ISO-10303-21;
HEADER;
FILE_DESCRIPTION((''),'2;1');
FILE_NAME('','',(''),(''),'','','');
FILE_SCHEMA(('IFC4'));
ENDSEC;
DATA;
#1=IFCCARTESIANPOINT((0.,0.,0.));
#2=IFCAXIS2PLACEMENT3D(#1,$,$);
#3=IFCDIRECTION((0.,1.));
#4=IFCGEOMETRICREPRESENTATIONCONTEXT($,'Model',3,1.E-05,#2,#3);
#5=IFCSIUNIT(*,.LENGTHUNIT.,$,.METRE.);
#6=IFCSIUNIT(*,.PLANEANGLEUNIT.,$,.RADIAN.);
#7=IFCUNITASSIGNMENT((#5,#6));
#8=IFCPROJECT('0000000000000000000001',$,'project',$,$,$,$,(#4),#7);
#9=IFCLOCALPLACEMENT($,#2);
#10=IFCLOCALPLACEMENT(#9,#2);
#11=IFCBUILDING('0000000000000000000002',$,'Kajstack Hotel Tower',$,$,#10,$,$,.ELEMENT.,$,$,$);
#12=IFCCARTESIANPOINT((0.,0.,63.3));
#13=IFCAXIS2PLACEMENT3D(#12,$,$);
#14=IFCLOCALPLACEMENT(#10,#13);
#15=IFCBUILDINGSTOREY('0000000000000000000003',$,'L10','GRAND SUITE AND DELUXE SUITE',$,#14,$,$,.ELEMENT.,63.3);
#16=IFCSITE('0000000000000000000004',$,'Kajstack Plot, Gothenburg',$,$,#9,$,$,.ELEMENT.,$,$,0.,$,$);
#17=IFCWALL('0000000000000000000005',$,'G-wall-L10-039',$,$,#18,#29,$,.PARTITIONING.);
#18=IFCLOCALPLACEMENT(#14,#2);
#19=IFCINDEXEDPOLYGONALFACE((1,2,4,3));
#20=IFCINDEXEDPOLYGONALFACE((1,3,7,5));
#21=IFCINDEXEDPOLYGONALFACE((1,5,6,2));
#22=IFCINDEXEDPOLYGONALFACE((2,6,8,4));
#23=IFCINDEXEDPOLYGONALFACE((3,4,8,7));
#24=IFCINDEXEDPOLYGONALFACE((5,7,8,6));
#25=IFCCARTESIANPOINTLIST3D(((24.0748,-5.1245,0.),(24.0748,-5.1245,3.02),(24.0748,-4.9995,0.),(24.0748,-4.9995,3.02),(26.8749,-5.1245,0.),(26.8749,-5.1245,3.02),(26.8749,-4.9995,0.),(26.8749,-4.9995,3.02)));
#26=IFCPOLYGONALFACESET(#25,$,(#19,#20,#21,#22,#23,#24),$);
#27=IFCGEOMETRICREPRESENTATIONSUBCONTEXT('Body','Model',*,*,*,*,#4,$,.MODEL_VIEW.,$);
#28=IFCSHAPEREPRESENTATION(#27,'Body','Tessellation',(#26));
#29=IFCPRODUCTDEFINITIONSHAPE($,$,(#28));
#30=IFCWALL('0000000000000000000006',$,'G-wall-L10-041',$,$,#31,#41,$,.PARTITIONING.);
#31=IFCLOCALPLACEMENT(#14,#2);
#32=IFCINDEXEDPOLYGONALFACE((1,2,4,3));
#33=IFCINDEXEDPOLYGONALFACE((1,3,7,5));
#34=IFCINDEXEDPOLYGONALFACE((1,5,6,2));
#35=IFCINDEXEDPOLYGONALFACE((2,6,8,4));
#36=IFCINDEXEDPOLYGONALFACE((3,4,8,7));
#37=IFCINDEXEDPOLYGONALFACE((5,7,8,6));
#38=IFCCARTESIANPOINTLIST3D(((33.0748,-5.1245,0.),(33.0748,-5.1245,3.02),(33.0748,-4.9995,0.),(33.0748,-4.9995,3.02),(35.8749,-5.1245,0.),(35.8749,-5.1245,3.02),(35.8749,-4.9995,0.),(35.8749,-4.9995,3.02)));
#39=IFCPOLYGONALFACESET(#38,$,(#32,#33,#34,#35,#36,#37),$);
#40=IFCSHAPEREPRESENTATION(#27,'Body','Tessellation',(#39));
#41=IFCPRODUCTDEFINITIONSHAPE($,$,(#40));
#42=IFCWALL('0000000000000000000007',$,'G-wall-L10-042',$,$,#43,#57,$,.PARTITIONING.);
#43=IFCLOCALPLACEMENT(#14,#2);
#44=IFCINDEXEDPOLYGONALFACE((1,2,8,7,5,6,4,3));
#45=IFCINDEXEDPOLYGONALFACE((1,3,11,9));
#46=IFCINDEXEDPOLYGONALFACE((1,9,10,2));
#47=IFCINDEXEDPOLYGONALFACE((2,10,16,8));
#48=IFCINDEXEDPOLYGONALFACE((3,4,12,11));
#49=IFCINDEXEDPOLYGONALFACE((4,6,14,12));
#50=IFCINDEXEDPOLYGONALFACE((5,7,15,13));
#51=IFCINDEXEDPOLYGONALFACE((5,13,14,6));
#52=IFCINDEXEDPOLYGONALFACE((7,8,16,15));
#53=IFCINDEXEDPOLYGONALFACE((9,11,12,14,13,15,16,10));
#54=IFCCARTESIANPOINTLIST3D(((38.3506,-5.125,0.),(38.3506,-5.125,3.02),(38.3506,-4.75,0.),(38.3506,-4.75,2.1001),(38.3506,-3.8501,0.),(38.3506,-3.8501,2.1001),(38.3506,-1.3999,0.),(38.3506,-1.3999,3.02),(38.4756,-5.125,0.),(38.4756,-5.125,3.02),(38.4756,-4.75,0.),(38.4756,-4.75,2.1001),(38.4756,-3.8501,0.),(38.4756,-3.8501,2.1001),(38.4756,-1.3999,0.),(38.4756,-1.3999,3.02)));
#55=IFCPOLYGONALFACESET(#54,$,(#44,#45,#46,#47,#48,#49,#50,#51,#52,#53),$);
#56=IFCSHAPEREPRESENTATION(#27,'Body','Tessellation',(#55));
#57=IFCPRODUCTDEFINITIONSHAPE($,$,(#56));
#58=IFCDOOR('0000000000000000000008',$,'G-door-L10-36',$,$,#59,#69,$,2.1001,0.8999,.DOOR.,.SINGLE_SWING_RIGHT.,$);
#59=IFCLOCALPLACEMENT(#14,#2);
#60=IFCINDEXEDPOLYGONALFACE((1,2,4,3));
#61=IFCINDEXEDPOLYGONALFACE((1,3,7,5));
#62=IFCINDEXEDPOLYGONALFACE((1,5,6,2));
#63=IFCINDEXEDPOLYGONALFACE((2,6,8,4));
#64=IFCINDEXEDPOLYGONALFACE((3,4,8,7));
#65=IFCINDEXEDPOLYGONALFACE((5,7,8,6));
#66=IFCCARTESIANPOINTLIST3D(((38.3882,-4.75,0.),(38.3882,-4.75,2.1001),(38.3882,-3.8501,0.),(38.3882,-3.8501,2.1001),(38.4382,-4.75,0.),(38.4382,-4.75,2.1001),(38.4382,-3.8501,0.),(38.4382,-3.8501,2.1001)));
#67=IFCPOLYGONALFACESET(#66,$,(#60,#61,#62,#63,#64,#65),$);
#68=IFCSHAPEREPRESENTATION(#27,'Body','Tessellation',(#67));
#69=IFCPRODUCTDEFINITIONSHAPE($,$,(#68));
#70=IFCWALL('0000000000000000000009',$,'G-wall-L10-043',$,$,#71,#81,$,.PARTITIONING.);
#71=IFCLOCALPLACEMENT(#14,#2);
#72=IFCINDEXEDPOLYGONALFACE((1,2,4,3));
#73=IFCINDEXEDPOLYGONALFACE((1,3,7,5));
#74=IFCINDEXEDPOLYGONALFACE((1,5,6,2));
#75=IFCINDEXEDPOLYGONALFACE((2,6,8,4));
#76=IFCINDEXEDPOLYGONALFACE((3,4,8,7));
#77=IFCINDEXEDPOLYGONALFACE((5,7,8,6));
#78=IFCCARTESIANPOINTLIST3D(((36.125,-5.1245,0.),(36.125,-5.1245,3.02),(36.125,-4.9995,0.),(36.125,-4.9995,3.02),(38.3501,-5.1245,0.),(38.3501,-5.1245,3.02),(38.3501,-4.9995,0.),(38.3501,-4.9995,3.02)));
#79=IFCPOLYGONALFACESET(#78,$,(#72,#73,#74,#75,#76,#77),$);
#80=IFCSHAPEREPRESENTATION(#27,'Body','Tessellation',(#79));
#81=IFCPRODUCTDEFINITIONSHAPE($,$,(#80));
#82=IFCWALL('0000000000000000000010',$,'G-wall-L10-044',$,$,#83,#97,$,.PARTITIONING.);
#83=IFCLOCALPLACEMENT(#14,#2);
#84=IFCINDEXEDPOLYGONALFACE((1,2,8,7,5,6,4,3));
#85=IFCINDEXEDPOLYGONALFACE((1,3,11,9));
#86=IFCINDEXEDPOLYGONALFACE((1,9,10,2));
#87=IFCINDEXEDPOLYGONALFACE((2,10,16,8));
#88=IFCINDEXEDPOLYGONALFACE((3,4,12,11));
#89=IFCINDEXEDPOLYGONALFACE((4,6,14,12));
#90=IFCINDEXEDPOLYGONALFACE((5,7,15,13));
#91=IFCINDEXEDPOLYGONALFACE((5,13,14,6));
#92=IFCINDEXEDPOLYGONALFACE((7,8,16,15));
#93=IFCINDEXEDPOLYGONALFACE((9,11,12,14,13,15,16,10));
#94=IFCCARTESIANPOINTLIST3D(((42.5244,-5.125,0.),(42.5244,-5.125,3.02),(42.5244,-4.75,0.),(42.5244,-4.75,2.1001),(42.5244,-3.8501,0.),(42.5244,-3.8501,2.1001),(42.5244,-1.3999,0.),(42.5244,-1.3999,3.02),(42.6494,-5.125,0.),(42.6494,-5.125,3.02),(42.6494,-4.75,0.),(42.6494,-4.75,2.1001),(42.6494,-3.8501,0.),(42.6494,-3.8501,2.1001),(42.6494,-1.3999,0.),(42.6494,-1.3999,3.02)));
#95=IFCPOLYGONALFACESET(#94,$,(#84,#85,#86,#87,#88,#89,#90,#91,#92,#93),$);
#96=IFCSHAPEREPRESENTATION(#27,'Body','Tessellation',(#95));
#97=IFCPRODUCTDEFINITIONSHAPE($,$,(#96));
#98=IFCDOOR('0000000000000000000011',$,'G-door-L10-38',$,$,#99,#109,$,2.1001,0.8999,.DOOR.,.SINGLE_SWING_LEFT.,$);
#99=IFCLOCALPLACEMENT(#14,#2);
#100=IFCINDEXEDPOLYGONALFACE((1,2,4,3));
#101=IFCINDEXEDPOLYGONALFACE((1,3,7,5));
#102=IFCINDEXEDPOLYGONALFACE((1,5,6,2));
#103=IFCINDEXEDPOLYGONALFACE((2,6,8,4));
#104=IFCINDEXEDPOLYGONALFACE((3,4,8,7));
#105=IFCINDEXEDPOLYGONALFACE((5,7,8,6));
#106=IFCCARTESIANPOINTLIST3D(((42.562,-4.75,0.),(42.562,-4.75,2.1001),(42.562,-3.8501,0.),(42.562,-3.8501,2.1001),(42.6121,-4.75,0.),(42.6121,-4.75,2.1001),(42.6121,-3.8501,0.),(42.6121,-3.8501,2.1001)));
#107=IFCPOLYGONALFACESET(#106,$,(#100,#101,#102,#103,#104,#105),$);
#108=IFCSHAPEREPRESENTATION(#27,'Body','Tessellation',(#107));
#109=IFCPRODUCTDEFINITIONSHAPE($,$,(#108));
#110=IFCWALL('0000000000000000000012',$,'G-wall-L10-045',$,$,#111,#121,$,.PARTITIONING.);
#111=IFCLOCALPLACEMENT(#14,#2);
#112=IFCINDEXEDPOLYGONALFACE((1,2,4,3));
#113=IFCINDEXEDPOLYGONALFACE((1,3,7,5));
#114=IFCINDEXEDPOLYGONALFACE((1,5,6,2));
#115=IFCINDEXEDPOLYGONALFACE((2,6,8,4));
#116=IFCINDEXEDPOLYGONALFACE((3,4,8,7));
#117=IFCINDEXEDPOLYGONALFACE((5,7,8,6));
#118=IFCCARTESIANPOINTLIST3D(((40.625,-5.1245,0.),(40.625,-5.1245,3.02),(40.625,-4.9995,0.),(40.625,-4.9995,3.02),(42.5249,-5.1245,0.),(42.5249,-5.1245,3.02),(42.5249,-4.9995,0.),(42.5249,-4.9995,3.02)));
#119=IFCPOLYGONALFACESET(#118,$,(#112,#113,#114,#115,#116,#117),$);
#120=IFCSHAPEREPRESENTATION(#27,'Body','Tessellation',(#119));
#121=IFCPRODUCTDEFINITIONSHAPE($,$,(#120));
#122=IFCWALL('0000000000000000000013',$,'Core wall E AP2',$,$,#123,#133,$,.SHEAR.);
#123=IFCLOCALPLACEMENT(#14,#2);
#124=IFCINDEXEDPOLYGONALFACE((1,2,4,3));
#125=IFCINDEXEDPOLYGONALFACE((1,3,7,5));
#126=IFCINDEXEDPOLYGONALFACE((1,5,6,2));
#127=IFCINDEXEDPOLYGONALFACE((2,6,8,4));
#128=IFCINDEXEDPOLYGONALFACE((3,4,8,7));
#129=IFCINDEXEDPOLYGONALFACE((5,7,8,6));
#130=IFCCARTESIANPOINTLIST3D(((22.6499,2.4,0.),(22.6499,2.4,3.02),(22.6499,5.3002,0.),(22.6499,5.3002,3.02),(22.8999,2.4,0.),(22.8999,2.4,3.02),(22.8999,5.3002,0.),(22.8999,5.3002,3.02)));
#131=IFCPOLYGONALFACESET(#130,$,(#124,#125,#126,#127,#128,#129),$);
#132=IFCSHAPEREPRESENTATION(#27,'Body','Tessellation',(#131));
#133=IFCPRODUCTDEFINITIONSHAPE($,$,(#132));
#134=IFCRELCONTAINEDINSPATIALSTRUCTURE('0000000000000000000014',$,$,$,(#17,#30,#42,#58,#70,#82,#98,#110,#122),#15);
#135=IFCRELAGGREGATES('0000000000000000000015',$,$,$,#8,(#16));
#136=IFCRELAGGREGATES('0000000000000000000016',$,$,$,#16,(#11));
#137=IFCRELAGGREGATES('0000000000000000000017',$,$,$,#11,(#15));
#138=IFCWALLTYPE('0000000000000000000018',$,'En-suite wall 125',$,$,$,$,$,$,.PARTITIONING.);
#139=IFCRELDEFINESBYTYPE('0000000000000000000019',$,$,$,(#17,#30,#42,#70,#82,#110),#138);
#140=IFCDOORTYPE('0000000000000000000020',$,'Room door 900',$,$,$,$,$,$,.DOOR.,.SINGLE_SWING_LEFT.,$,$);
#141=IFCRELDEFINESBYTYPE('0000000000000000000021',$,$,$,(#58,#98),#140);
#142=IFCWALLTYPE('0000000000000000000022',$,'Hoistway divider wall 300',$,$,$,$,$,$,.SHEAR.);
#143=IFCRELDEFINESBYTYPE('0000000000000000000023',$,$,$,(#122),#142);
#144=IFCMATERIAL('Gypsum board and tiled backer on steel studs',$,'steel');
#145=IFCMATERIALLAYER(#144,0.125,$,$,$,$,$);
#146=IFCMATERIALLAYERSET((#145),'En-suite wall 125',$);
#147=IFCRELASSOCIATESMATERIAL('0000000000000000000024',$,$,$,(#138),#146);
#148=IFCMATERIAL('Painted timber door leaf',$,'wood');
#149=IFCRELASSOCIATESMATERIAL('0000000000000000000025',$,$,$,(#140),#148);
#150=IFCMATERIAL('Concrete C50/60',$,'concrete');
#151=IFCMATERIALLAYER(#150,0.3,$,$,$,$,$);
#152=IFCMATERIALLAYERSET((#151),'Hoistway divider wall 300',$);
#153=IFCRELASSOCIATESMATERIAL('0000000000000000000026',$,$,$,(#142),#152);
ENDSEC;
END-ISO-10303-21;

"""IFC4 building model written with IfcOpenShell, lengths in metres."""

from ifc_helpers import new_model, si_unit, direction, frame, frame_2d, origin, place, context, subcontext, project, spatial, rectangle, extrude, material, layer, layer_set, type_object, element, fill, save


model = new_model("IFC4")

# Units and contexts
model_context = context("Model", 3, precision=1e-05, world=origin(), true_north=direction((0.0, 1.0)))
body_context = subcontext(model_context, "Body", "Model", "MODEL_VIEW")
ifc_project = project(units=[si_unit("LENGTHUNIT", "METRE"), si_unit("PLANEANGLEUNIT", "RADIAN")], contexts=[model_context])

# Site, building, storey
site_placement = place(None, origin())
site = spatial("IfcSite", under=ifc_project, at=site_placement, Name="Kajstack Plot, Gothenburg", CompositionType="ELEMENT", RefElevation=0.0)
building_placement = place(site_placement, origin())
building = spatial("IfcBuilding", under=site, at=building_placement, Name="Kajstack Hotel Tower", CompositionType="ELEMENT")
storey_placement = place(building_placement, frame((0.0, 0.0, 63.3)))
storey = spatial("IfcBuildingStorey", under=building, at=storey_placement, Name="L10", Description="GRAND SUITE AND DELUXE SUITE", CompositionType="ELEMENT", Elevation=63.3)

# Walls
ifc_material_1 = material(Name="Gypsum board and tiled backer on steel studs", Category="steel")
ifc_layer_1 = layer(ifc_material_1, 0.125)
ifc_layer_set_1 = layer_set([ifc_layer_1], Name="En-suite wall 125")
wall_type_1 = type_object("IfcWallType", Name="En-suite wall 125", PredefinedType="PARTITIONING", material=ifc_layer_set_1)
for number, where, z_axis, x_axis, name in (
    (1, (24.075, -5.062, 0.0), (0.0, 0.0, 1.0), (1.0, 0.0, 0.0), "G-wall-L10-039"),
    (2, (33.075, -5.062, 0.0), (0.0, 0.0, 1.0), (1.0, 0.0, 0.0), "G-wall-L10-041"),
):
    element("IfcWall", number, at=place(storey_placement, frame(where, z_axis=z_axis, x_axis=x_axis)), inside=storey, type_object=wall_type_1, Name=name, PredefinedType="PARTITIONING", context=body_context, shape_type="SweptSolid", body=[
        extrude(rectangle(XDim=2.8, YDim=0.125, at=frame_2d((1.3999, 0.0))), origin(), (0.0, 0.0, 1.0), 3.02),
    ])

# Wall, opening, door
wall_1_placement = place(storey_placement, frame((38.4131, -5.125, 0.0), z_axis=(0.0, 0.0, 1.0), x_axis=(0.0, 1.0, 0.0)))
wall_1 = element("IfcWall", 3, at=wall_1_placement, inside=storey, type_object=wall_type_1, Name="G-wall-L10-042", PredefinedType="PARTITIONING", context=body_context, shape_type="SweptSolid", body=[
    extrude(rectangle(XDim=3.7251, YDim=0.125, at=frame_2d((1.8625, 0.0))), origin(), (0.0, 0.0, 1.0), 3.02),
])
opening_1_placement = place(wall_1_placement, frame((0.375, 0.0, 0.0)))
opening_1 = element("IfcOpeningElement", 4, at=opening_1_placement, cuts=wall_1, PredefinedType="OPENING", context=body_context, shape_type="SweptSolid", body=[
    extrude(rectangle(XDim=0.8999, YDim=2.1001, at=frame_2d((0.45, 1.05))), frame((0.0, 0.0725, 0.0), z_axis=(0.0, -1.0, 0.0), x_axis=(1.0, 0.0, 0.0)), (0.0, 0.0, 1.0), 0.145),
])
ifc_material_2 = material(Name="Painted timber door leaf", Category="wood")
door_type_1 = type_object("IfcDoorType", Name="Room door 900", OperationType="SINGLE_SWING_LEFT", PredefinedType="DOOR", material=ifc_material_2)
door_1_placement = place(opening_1_placement, origin())
door_1 = element("IfcDoor", 5, at=door_1_placement, inside=storey, type_object=door_type_1, Name="G-door-L10-36", OperationType="SINGLE_SWING_RIGHT", OverallHeight=2.1001, OverallWidth=0.8999, PredefinedType="DOOR", context=body_context, shape_type="SweptSolid", body=[
    extrude(rectangle(XDim=0.8999, YDim=2.1001, at=frame_2d((0.45, 1.05))), frame((0.0, 0.0249, 0.0), z_axis=(0.0, -1.0, 0.0), x_axis=(1.0, 0.0, 0.0)), (0.0, 0.0, 1.0), 0.05),
])
fill(opening_1, door_1)

# Wall
wall_2_placement = place(storey_placement, frame((36.125, -5.062, 0.0), z_axis=(0.0, 0.0, 1.0), x_axis=(1.0, 0.0, 0.0)))
element("IfcWall", 6, at=wall_2_placement, inside=storey, type_object=wall_type_1, Name="G-wall-L10-043", PredefinedType="PARTITIONING", context=body_context, shape_type="SweptSolid", body=[
    extrude(rectangle(XDim=2.2251, YDim=0.125, at=frame_2d((1.1125, 0.0))), origin(), (0.0, 0.0, 1.0), 3.02),
])

# Wall, opening, door
wall_3_placement = place(storey_placement, frame((42.5869, -5.125, 0.0), z_axis=(0.0, 0.0, 1.0), x_axis=(0.0, 1.0, 0.0)))
wall_3 = element("IfcWall", 7, at=wall_3_placement, inside=storey, type_object=wall_type_1, Name="G-wall-L10-044", PredefinedType="PARTITIONING", context=body_context, shape_type="SweptSolid", body=[
    extrude(rectangle(XDim=3.7251, YDim=0.125, at=frame_2d((1.8625, 0.0))), origin(), (0.0, 0.0, 1.0), 3.02),
])
opening_2_placement = place(wall_3_placement, frame((0.375, 0.0, 0.0)))
opening_2 = element("IfcOpeningElement", 8, at=opening_2_placement, cuts=wall_3, PredefinedType="OPENING", context=body_context, shape_type="SweptSolid", body=[
    extrude(rectangle(XDim=0.8999, YDim=2.1001, at=frame_2d((0.45, 1.05))), frame((0.0, 0.0725, 0.0), z_axis=(0.0, -1.0, 0.0), x_axis=(1.0, 0.0, 0.0)), (0.0, 0.0, 1.0), 0.145),
])
door_2_placement = place(opening_2_placement, origin())
door_2 = element("IfcDoor", 9, at=door_2_placement, inside=storey, type_object=door_type_1, Name="G-door-L10-38", OperationType="SINGLE_SWING_LEFT", OverallHeight=2.1001, OverallWidth=0.8999, PredefinedType="DOOR", context=body_context, shape_type="SweptSolid", body=[
    extrude(rectangle(XDim=0.8999, YDim=2.1001, at=frame_2d((0.45, 1.05))), frame((0.0, 0.0249, 0.0), z_axis=(0.0, -1.0, 0.0), x_axis=(1.0, 0.0, 0.0)), (0.0, 0.0, 1.0), 0.05),
])
fill(opening_2, door_2)

# Walls
wall_4_placement = place(storey_placement, frame((40.625, -5.062, 0.0), z_axis=(0.0, 0.0, 1.0), x_axis=(1.0, 0.0, 0.0)))
element("IfcWall", 10, at=wall_4_placement, inside=storey, type_object=wall_type_1, Name="G-wall-L10-045", PredefinedType="PARTITIONING", context=body_context, shape_type="SweptSolid", body=[
    extrude(rectangle(XDim=1.8999, YDim=0.125, at=frame_2d((0.95, 0.0))), origin(), (0.0, 0.0, 1.0), 3.02),
])
ifc_material_3 = material(Name="Concrete C50/60", Category="concrete")
ifc_layer_2 = layer(ifc_material_3, 0.3)
ifc_layer_set_2 = layer_set([ifc_layer_2], Name="Hoistway divider wall 300")
wall_type_2 = type_object("IfcWallType", Name="Hoistway divider wall 300", PredefinedType="SHEAR", material=ifc_layer_set_2)
wall_5_placement = place(storey_placement, frame((22.7749, 2.3999, 0.0), z_axis=(0.0, 0.0, 1.0), x_axis=(0.0, 1.0, 0.0)))
element("IfcWall", 11, at=wall_5_placement, inside=storey, type_object=wall_type_2, Name="Core wall E AP2", PredefinedType="SHEAR", context=body_context, shape_type="SweptSolid", body=[
    extrude(rectangle(XDim=2.9001, YDim=0.25, at=frame_2d((1.4502, 0.0))), origin(), (0.0, 0.0, 1.0), 3.02),
])

save(model, "model.ifc")
